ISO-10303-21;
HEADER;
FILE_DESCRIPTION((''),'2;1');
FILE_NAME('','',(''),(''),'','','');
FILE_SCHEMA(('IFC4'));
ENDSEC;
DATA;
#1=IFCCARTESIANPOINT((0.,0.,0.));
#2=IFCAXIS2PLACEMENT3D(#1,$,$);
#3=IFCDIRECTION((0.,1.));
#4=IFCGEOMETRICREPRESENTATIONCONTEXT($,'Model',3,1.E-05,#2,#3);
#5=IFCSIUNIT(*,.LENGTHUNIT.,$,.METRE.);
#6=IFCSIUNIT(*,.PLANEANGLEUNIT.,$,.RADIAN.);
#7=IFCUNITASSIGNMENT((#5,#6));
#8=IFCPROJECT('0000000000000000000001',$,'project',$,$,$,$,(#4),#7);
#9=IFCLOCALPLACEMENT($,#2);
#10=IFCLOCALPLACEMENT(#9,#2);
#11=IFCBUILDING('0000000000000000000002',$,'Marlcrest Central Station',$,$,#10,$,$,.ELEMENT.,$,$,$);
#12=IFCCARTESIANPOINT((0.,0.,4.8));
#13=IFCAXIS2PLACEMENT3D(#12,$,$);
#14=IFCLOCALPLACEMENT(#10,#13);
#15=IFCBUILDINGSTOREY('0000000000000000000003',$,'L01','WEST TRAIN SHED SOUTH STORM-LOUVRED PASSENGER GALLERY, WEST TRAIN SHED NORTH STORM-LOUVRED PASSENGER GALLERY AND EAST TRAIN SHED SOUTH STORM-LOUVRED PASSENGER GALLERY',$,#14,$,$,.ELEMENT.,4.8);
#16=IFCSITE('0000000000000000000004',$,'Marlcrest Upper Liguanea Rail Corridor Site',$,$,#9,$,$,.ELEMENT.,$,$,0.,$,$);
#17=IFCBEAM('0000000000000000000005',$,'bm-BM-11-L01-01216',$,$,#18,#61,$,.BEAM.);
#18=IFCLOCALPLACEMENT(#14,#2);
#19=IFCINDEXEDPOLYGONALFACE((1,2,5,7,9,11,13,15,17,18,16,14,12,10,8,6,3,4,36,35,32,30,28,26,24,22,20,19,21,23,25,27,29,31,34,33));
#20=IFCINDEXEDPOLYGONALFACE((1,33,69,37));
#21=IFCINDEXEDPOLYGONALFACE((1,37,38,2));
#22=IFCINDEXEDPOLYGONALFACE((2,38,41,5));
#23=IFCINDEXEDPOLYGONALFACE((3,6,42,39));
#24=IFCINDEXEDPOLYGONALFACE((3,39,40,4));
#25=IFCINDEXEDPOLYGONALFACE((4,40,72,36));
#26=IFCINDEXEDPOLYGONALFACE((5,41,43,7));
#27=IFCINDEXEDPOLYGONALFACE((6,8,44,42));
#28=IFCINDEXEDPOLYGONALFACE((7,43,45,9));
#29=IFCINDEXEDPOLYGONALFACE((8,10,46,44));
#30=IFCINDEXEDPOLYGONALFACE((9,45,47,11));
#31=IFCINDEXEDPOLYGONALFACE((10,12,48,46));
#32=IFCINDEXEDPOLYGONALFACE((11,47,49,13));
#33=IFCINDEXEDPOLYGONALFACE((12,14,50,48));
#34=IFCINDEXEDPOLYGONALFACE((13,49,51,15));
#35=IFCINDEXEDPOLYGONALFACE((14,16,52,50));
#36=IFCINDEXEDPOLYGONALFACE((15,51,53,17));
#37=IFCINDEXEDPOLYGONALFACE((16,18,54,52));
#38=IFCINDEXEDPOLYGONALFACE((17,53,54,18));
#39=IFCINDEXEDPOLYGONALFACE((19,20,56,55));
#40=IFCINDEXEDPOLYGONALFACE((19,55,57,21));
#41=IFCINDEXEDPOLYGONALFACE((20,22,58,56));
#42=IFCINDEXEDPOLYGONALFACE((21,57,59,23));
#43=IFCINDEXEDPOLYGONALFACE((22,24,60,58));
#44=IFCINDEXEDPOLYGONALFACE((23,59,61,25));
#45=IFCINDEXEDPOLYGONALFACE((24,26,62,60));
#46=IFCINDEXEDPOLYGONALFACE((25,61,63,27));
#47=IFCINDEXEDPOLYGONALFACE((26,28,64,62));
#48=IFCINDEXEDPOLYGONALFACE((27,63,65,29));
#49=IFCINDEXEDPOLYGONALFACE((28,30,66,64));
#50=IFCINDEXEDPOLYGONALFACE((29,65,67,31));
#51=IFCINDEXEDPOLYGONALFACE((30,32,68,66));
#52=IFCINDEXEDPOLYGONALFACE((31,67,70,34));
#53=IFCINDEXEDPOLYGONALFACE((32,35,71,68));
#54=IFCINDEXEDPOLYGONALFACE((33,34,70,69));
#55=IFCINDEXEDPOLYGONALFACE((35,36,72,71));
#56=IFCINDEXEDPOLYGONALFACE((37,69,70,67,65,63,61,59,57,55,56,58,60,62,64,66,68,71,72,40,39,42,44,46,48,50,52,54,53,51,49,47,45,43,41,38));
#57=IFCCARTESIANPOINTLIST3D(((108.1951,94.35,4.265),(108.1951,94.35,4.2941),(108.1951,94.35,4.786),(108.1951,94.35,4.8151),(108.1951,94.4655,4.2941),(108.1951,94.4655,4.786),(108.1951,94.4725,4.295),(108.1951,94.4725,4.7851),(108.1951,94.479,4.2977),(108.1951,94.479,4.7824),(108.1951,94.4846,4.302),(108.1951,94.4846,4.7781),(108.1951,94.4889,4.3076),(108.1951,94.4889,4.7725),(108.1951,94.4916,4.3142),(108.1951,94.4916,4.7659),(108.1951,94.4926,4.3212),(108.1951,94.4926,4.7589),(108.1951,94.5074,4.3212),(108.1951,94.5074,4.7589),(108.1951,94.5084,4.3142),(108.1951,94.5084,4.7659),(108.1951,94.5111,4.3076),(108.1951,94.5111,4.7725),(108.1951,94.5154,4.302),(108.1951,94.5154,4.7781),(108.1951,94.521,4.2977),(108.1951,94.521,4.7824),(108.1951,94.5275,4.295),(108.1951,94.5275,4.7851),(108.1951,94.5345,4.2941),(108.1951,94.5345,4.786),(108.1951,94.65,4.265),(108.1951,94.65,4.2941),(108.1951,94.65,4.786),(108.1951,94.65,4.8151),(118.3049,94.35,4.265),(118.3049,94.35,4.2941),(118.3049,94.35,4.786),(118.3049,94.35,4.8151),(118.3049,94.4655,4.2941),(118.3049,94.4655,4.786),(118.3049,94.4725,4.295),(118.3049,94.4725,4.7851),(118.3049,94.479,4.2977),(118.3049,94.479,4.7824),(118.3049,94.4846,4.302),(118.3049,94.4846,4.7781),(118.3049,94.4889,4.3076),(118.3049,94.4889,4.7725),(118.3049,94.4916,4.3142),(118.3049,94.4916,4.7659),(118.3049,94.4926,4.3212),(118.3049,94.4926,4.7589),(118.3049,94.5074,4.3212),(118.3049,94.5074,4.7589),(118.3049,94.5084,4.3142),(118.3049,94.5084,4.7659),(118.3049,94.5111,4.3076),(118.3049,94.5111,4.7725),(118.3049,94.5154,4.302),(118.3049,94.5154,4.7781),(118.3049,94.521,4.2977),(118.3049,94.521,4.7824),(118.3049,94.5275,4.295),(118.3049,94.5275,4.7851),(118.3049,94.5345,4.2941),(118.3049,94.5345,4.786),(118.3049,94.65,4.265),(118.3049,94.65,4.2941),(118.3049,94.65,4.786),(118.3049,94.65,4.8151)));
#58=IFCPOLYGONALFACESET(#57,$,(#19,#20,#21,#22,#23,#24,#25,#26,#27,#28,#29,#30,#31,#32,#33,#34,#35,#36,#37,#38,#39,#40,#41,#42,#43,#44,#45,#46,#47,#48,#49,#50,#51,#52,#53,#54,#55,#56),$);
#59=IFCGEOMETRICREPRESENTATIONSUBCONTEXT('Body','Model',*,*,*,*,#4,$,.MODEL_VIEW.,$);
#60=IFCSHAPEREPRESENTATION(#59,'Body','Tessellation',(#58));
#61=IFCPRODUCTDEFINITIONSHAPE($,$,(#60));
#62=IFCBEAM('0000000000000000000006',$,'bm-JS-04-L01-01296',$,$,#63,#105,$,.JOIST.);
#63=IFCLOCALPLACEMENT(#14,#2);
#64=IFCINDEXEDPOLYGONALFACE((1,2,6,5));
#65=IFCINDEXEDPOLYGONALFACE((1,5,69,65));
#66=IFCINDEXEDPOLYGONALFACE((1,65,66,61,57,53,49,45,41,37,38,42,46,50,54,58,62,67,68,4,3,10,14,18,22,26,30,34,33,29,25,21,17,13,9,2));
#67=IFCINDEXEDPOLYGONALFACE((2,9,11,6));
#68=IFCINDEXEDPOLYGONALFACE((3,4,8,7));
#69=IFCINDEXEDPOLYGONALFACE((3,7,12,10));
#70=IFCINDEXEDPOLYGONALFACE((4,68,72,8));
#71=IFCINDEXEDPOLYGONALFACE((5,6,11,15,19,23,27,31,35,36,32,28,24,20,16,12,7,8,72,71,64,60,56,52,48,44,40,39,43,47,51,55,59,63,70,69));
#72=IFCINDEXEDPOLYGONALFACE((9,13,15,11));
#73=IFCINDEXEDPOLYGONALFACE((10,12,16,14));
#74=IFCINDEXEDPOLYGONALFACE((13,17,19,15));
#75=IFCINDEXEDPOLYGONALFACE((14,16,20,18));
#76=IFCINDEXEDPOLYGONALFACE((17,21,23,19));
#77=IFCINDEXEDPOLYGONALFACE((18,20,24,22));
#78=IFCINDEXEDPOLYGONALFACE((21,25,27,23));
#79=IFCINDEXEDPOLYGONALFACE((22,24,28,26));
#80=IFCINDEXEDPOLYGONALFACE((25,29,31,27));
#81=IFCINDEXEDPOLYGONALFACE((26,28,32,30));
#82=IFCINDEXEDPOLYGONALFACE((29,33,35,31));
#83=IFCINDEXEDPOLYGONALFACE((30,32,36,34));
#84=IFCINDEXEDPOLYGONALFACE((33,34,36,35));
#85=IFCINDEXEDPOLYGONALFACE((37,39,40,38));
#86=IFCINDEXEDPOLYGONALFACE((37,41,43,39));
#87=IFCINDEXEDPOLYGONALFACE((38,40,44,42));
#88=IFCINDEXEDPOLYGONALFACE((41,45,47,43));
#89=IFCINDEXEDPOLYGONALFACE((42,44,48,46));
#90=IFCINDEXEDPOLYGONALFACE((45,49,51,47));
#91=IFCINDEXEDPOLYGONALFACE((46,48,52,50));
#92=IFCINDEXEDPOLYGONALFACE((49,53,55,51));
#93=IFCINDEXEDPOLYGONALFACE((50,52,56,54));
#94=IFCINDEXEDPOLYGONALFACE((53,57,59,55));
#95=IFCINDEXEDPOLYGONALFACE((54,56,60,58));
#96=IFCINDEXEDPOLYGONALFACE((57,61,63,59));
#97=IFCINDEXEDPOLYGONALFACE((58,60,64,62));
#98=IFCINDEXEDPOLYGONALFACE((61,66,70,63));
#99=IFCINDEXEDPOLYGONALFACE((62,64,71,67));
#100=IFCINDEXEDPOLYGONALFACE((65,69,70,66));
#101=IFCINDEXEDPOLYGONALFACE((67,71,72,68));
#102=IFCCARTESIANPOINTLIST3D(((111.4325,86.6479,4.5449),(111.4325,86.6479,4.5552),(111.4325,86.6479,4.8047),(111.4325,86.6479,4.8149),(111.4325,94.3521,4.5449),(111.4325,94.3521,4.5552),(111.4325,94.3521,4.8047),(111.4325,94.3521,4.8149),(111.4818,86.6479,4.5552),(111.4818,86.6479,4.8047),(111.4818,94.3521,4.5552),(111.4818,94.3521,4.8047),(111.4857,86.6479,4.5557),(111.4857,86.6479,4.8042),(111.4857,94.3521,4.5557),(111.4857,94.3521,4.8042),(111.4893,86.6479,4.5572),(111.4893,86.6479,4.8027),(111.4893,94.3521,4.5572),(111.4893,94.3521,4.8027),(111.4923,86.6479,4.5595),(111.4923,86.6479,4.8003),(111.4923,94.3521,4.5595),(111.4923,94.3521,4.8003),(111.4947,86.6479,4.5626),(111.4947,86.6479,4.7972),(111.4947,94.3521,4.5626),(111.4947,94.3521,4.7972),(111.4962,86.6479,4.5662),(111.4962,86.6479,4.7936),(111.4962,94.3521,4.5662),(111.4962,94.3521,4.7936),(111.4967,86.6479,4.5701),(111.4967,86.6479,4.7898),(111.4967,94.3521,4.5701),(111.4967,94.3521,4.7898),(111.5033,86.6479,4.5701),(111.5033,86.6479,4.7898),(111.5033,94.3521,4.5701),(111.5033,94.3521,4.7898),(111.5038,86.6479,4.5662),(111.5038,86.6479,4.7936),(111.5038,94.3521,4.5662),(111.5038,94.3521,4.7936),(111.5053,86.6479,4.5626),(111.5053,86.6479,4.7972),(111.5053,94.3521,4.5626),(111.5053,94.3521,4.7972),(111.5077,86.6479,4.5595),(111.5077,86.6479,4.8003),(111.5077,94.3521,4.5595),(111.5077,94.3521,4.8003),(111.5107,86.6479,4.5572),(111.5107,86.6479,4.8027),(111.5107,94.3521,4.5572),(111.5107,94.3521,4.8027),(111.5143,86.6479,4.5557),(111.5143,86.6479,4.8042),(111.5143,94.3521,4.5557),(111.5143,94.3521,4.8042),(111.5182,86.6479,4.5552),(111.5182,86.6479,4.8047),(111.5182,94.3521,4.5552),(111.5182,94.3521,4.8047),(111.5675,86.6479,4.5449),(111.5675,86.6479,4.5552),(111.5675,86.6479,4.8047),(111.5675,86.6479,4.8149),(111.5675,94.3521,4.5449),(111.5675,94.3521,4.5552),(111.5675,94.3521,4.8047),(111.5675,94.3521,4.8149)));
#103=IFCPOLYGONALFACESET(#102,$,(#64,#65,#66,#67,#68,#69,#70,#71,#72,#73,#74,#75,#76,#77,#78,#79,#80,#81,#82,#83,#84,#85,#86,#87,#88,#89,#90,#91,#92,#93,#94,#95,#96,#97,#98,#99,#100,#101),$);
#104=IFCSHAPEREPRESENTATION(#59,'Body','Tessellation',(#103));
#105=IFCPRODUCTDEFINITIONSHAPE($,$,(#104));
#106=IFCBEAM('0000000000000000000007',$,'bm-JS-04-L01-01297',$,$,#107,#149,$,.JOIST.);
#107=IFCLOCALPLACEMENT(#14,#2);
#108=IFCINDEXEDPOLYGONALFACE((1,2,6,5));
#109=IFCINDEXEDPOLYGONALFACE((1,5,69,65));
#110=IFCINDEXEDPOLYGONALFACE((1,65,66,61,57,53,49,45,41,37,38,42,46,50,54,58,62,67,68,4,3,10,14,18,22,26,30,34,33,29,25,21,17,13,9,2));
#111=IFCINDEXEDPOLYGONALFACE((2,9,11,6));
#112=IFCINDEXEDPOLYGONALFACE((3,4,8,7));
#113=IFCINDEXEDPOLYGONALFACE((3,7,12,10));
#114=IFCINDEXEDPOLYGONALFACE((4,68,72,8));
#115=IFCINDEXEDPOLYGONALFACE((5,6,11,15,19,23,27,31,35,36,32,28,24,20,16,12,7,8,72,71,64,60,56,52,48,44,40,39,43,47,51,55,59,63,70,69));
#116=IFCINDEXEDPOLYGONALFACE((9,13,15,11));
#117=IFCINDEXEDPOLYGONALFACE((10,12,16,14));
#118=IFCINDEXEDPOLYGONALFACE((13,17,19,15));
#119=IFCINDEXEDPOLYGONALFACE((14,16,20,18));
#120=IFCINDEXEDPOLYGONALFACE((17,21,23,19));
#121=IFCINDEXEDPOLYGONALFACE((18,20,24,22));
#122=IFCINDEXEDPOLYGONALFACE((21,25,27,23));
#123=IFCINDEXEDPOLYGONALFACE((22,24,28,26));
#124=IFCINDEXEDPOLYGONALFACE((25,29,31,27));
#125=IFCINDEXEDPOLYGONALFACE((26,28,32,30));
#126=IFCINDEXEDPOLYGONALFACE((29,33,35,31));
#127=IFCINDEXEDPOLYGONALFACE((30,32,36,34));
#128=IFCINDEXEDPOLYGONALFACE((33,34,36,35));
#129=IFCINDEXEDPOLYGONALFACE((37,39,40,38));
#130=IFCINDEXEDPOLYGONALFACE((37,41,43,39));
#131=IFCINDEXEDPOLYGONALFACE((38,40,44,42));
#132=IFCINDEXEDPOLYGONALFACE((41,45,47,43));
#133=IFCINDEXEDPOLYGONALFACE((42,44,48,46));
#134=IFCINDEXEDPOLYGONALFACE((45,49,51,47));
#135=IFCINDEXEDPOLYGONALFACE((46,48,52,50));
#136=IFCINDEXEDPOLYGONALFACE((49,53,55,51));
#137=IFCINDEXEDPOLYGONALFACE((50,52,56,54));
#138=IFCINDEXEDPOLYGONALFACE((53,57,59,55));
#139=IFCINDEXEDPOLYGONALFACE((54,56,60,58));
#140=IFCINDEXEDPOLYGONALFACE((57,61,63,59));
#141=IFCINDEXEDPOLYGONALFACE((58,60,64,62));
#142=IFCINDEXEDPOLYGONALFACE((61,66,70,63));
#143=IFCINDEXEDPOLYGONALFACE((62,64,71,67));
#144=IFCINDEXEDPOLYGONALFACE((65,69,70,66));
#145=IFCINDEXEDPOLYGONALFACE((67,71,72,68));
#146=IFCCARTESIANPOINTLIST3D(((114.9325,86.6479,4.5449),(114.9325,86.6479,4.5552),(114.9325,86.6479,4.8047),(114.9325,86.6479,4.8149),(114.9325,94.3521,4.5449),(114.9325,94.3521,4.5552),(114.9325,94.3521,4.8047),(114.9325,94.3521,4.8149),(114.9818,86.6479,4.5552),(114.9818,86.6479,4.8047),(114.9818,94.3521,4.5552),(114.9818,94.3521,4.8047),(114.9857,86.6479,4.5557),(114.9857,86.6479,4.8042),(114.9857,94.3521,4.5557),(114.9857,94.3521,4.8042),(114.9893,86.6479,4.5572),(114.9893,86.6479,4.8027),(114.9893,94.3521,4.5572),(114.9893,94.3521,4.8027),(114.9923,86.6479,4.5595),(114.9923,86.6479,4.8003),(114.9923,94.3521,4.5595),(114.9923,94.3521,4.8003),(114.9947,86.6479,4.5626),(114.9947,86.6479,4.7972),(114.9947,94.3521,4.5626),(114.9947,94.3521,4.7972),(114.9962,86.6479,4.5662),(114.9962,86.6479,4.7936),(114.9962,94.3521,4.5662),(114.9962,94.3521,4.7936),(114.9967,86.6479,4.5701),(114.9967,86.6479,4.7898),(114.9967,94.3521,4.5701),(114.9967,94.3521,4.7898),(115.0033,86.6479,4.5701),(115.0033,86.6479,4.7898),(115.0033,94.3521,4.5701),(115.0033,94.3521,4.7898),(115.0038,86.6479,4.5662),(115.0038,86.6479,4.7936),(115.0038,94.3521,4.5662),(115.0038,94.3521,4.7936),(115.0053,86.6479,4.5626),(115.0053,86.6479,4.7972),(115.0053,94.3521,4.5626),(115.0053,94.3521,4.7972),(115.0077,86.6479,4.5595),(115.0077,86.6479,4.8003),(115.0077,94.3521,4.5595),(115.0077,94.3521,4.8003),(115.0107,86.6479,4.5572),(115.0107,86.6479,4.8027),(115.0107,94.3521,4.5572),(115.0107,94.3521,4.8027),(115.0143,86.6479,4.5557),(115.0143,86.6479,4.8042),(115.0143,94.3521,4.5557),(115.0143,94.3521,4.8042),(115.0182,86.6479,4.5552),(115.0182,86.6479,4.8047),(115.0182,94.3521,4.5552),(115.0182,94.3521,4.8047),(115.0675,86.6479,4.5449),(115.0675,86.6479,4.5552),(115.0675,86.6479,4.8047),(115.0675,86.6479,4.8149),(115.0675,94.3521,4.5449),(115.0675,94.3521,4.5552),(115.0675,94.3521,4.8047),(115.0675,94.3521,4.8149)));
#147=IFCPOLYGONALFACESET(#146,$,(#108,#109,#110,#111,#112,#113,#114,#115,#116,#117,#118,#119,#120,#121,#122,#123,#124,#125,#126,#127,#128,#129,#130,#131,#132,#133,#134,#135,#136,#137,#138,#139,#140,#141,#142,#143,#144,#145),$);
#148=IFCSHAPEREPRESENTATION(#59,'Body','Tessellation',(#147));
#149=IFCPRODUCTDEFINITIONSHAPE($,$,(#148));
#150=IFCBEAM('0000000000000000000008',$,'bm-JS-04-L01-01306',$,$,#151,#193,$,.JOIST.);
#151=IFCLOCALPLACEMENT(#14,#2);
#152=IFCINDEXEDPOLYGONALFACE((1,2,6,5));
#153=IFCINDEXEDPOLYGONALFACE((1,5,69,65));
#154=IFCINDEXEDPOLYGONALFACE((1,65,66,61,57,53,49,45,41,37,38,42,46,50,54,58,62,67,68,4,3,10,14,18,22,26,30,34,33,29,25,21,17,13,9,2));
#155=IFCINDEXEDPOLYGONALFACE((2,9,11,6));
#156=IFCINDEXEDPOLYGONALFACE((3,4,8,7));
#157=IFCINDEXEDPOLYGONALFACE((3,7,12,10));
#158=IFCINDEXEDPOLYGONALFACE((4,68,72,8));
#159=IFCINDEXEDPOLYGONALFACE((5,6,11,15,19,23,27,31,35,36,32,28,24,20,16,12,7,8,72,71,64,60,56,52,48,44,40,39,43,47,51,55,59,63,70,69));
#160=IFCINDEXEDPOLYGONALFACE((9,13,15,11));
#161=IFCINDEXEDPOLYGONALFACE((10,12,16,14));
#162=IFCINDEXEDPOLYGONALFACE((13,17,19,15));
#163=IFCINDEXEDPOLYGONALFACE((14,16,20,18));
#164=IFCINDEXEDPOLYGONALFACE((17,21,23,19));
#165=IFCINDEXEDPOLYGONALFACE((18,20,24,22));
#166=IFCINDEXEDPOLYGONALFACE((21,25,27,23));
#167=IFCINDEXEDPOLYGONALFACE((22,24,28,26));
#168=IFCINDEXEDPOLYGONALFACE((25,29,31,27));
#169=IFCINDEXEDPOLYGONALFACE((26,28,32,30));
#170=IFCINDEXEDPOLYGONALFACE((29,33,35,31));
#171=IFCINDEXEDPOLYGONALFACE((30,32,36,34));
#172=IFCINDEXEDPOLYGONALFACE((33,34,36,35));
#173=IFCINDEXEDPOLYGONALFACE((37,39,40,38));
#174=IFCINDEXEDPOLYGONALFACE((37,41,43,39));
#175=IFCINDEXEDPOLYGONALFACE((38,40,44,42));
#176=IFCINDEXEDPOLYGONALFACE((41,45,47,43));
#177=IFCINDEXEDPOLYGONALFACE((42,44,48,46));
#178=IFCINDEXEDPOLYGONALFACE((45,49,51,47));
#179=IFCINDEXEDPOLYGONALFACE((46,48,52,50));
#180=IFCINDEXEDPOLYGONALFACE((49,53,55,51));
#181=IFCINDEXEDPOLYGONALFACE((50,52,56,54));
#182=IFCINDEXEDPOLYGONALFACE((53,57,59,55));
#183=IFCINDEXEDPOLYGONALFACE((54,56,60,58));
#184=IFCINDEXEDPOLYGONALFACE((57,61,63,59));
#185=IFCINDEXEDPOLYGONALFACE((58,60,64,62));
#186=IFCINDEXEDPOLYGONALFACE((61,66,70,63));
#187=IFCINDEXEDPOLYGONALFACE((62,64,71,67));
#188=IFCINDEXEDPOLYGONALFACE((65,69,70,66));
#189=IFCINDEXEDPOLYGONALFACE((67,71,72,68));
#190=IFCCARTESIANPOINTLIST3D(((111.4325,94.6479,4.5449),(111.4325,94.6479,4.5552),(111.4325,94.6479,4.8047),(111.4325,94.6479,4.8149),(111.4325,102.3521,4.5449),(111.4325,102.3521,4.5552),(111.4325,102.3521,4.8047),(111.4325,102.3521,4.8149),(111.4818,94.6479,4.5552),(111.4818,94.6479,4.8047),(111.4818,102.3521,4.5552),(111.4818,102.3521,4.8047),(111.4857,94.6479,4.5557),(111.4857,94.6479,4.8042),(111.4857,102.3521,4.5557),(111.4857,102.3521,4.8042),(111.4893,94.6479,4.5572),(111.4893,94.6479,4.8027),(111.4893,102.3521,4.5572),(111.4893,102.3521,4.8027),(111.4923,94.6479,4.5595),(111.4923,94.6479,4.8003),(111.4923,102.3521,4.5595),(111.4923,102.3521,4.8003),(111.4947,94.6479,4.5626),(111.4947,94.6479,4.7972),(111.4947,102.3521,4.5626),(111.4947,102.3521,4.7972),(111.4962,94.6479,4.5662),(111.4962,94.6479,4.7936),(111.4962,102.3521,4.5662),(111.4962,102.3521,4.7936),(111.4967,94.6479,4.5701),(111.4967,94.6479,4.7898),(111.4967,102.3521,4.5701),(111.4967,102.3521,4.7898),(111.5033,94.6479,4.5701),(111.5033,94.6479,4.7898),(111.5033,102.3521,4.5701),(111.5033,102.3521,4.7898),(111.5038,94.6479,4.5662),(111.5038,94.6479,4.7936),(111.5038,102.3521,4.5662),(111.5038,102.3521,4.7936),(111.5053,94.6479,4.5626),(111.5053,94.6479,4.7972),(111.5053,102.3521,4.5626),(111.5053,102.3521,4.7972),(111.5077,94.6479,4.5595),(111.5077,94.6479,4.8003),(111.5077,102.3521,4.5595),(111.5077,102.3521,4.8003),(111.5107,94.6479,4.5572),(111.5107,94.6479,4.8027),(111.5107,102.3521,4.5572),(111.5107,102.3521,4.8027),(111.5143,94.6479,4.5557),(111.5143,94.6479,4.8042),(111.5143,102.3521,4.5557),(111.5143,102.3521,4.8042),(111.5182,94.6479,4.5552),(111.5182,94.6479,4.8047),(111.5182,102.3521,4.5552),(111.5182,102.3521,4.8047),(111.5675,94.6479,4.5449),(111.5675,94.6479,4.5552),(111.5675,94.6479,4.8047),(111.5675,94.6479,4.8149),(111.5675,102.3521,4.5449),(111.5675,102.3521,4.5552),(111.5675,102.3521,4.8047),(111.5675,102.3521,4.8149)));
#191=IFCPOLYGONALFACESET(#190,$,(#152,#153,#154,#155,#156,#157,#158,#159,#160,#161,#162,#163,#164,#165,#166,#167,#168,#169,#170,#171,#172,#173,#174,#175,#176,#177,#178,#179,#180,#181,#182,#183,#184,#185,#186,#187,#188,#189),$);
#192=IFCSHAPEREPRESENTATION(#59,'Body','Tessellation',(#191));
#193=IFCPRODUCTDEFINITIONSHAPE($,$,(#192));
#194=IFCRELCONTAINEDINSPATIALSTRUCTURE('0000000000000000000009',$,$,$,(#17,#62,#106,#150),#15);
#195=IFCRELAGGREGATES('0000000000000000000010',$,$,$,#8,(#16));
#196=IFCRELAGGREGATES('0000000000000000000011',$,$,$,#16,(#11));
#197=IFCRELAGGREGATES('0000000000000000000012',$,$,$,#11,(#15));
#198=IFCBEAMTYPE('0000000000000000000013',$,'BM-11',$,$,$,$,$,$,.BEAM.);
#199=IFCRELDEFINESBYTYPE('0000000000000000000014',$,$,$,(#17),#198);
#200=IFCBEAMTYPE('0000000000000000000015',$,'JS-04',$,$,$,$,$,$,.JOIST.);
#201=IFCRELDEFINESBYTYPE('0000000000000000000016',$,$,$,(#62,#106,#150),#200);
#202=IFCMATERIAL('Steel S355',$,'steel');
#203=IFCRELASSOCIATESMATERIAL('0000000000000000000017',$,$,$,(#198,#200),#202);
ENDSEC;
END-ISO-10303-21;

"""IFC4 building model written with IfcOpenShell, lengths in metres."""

from ifc_helpers import new_model, si_unit, direction, frame, origin, origin_2d, place, context, subcontext, project, spatial, i_section, extrude, material, material_profile, profile_set, type_object, element, save


model = new_model("IFC4")

# Units and contexts
model_context = context("Model", 3, precision=1e-05, world=origin(), true_north=direction((0.0, 1.0)))
body_context = subcontext(model_context, "Body", "Model", "MODEL_VIEW")
ifc_project = project(units=[si_unit("LENGTHUNIT", "METRE"), si_unit("PLANEANGLEUNIT", "RADIAN")], contexts=[model_context])

# Site, building, storey
site_placement = place(None, origin())
site = spatial("IfcSite", under=ifc_project, at=site_placement, Name="Marlcrest Upper Liguanea Rail Corridor Site", CompositionType="ELEMENT", RefElevation=0.0)
building_placement = place(site_placement, origin())
building = spatial("IfcBuilding", under=site, at=building_placement, Name="Marlcrest Central Station", CompositionType="ELEMENT")
storey_placement = place(building_placement, frame((0.0, 0.0, 4.8)))
storey = spatial("IfcBuildingStorey", under=building, at=storey_placement, Name="L01", Description="WEST TRAIN SHED SOUTH STORM-LOUVRED PASSENGER GALLERY, WEST TRAIN SHED NORTH STORM-LOUVRED PASSENGER GALLERY AND EAST TRAIN SHED SOUTH STORM-LOUVRED PASSENGER GALLERY", CompositionType="ELEMENT", Elevation=4.8)

# Beams
ifc_material = material(Name="Steel S355", Category="steel")
ifc_material_profile_1 = material_profile(ifc_material, i_section(OverallWidth=0.3, OverallDepth=0.55, WebThickness=0.0149, FlangeThickness=0.0291, FilletRadius=0.0271, at=origin_2d()), Name="HEB 550")
ifc_profile_set_1 = profile_set([ifc_material_profile_1], Name="Steel S355")
beam_type_1 = type_object("IfcBeamType", Name="BM-11", PredefinedType="BEAM", material=ifc_profile_set_1)
beam_placement = place(storey_placement, frame((108.1951, 94.5, 4.54), z_axis=(1.0, 0.0, 0.0), x_axis=(0.0, 1.0, 0.0)))
element("IfcBeam", 1, at=beam_placement, inside=storey, type_object=beam_type_1, Name="bm-BM-11-L01-01216", PredefinedType="BEAM", context=body_context, shape_type="SweptSolid", body=[
    extrude(i_section(OverallWidth=0.3, OverallDepth=0.55, WebThickness=0.0149, FlangeThickness=0.0291, FilletRadius=0.0271, at=origin_2d()), origin(), (0.0, 0.0, 1.0), 10.1099),
])
ifc_material_profile_2 = material_profile(ifc_material, i_section(OverallWidth=0.135, OverallDepth=0.27, WebThickness=0.0066, FlangeThickness=0.0103, FilletRadius=0.0149, at=origin_2d()), Name="IPE 270")
ifc_profile_set_2 = profile_set([ifc_material_profile_2], Name="Steel S355")
beam_type_2 = type_object("IfcBeamType", Name="JS-04", PredefinedType="JOIST", material=ifc_profile_set_2)
for number, where, z_axis, x_axis, name in (
    (2, (111.5, 86.6479, 4.6799), (0.0, 1.0, 0.0), (-1.0, 0.0, 0.0), "bm-JS-04-L01-01296"),
    (3, (115.0, 86.6479, 4.6799), (0.0, 1.0, 0.0), (-1.0, 0.0, 0.0), "bm-JS-04-L01-01297"),
    (4, (111.5, 94.6479, 4.6799), (0.0, 1.0, 0.0), (-1.0, 0.0, 0.0), "bm-JS-04-L01-01306"),
):
    element("IfcBeam", number, at=place(storey_placement, frame(where, z_axis=z_axis, x_axis=x_axis)), inside=storey, type_object=beam_type_2, Name=name, PredefinedType="JOIST", context=body_context, shape_type="SweptSolid", body=[
        extrude(i_section(OverallWidth=0.135, OverallDepth=0.27, WebThickness=0.0066, FlangeThickness=0.0103, FilletRadius=0.0149, at=origin_2d()), origin(), (0.0, 0.0, 1.0), 7.7041),
    ])

save(model, "model.ifc")
